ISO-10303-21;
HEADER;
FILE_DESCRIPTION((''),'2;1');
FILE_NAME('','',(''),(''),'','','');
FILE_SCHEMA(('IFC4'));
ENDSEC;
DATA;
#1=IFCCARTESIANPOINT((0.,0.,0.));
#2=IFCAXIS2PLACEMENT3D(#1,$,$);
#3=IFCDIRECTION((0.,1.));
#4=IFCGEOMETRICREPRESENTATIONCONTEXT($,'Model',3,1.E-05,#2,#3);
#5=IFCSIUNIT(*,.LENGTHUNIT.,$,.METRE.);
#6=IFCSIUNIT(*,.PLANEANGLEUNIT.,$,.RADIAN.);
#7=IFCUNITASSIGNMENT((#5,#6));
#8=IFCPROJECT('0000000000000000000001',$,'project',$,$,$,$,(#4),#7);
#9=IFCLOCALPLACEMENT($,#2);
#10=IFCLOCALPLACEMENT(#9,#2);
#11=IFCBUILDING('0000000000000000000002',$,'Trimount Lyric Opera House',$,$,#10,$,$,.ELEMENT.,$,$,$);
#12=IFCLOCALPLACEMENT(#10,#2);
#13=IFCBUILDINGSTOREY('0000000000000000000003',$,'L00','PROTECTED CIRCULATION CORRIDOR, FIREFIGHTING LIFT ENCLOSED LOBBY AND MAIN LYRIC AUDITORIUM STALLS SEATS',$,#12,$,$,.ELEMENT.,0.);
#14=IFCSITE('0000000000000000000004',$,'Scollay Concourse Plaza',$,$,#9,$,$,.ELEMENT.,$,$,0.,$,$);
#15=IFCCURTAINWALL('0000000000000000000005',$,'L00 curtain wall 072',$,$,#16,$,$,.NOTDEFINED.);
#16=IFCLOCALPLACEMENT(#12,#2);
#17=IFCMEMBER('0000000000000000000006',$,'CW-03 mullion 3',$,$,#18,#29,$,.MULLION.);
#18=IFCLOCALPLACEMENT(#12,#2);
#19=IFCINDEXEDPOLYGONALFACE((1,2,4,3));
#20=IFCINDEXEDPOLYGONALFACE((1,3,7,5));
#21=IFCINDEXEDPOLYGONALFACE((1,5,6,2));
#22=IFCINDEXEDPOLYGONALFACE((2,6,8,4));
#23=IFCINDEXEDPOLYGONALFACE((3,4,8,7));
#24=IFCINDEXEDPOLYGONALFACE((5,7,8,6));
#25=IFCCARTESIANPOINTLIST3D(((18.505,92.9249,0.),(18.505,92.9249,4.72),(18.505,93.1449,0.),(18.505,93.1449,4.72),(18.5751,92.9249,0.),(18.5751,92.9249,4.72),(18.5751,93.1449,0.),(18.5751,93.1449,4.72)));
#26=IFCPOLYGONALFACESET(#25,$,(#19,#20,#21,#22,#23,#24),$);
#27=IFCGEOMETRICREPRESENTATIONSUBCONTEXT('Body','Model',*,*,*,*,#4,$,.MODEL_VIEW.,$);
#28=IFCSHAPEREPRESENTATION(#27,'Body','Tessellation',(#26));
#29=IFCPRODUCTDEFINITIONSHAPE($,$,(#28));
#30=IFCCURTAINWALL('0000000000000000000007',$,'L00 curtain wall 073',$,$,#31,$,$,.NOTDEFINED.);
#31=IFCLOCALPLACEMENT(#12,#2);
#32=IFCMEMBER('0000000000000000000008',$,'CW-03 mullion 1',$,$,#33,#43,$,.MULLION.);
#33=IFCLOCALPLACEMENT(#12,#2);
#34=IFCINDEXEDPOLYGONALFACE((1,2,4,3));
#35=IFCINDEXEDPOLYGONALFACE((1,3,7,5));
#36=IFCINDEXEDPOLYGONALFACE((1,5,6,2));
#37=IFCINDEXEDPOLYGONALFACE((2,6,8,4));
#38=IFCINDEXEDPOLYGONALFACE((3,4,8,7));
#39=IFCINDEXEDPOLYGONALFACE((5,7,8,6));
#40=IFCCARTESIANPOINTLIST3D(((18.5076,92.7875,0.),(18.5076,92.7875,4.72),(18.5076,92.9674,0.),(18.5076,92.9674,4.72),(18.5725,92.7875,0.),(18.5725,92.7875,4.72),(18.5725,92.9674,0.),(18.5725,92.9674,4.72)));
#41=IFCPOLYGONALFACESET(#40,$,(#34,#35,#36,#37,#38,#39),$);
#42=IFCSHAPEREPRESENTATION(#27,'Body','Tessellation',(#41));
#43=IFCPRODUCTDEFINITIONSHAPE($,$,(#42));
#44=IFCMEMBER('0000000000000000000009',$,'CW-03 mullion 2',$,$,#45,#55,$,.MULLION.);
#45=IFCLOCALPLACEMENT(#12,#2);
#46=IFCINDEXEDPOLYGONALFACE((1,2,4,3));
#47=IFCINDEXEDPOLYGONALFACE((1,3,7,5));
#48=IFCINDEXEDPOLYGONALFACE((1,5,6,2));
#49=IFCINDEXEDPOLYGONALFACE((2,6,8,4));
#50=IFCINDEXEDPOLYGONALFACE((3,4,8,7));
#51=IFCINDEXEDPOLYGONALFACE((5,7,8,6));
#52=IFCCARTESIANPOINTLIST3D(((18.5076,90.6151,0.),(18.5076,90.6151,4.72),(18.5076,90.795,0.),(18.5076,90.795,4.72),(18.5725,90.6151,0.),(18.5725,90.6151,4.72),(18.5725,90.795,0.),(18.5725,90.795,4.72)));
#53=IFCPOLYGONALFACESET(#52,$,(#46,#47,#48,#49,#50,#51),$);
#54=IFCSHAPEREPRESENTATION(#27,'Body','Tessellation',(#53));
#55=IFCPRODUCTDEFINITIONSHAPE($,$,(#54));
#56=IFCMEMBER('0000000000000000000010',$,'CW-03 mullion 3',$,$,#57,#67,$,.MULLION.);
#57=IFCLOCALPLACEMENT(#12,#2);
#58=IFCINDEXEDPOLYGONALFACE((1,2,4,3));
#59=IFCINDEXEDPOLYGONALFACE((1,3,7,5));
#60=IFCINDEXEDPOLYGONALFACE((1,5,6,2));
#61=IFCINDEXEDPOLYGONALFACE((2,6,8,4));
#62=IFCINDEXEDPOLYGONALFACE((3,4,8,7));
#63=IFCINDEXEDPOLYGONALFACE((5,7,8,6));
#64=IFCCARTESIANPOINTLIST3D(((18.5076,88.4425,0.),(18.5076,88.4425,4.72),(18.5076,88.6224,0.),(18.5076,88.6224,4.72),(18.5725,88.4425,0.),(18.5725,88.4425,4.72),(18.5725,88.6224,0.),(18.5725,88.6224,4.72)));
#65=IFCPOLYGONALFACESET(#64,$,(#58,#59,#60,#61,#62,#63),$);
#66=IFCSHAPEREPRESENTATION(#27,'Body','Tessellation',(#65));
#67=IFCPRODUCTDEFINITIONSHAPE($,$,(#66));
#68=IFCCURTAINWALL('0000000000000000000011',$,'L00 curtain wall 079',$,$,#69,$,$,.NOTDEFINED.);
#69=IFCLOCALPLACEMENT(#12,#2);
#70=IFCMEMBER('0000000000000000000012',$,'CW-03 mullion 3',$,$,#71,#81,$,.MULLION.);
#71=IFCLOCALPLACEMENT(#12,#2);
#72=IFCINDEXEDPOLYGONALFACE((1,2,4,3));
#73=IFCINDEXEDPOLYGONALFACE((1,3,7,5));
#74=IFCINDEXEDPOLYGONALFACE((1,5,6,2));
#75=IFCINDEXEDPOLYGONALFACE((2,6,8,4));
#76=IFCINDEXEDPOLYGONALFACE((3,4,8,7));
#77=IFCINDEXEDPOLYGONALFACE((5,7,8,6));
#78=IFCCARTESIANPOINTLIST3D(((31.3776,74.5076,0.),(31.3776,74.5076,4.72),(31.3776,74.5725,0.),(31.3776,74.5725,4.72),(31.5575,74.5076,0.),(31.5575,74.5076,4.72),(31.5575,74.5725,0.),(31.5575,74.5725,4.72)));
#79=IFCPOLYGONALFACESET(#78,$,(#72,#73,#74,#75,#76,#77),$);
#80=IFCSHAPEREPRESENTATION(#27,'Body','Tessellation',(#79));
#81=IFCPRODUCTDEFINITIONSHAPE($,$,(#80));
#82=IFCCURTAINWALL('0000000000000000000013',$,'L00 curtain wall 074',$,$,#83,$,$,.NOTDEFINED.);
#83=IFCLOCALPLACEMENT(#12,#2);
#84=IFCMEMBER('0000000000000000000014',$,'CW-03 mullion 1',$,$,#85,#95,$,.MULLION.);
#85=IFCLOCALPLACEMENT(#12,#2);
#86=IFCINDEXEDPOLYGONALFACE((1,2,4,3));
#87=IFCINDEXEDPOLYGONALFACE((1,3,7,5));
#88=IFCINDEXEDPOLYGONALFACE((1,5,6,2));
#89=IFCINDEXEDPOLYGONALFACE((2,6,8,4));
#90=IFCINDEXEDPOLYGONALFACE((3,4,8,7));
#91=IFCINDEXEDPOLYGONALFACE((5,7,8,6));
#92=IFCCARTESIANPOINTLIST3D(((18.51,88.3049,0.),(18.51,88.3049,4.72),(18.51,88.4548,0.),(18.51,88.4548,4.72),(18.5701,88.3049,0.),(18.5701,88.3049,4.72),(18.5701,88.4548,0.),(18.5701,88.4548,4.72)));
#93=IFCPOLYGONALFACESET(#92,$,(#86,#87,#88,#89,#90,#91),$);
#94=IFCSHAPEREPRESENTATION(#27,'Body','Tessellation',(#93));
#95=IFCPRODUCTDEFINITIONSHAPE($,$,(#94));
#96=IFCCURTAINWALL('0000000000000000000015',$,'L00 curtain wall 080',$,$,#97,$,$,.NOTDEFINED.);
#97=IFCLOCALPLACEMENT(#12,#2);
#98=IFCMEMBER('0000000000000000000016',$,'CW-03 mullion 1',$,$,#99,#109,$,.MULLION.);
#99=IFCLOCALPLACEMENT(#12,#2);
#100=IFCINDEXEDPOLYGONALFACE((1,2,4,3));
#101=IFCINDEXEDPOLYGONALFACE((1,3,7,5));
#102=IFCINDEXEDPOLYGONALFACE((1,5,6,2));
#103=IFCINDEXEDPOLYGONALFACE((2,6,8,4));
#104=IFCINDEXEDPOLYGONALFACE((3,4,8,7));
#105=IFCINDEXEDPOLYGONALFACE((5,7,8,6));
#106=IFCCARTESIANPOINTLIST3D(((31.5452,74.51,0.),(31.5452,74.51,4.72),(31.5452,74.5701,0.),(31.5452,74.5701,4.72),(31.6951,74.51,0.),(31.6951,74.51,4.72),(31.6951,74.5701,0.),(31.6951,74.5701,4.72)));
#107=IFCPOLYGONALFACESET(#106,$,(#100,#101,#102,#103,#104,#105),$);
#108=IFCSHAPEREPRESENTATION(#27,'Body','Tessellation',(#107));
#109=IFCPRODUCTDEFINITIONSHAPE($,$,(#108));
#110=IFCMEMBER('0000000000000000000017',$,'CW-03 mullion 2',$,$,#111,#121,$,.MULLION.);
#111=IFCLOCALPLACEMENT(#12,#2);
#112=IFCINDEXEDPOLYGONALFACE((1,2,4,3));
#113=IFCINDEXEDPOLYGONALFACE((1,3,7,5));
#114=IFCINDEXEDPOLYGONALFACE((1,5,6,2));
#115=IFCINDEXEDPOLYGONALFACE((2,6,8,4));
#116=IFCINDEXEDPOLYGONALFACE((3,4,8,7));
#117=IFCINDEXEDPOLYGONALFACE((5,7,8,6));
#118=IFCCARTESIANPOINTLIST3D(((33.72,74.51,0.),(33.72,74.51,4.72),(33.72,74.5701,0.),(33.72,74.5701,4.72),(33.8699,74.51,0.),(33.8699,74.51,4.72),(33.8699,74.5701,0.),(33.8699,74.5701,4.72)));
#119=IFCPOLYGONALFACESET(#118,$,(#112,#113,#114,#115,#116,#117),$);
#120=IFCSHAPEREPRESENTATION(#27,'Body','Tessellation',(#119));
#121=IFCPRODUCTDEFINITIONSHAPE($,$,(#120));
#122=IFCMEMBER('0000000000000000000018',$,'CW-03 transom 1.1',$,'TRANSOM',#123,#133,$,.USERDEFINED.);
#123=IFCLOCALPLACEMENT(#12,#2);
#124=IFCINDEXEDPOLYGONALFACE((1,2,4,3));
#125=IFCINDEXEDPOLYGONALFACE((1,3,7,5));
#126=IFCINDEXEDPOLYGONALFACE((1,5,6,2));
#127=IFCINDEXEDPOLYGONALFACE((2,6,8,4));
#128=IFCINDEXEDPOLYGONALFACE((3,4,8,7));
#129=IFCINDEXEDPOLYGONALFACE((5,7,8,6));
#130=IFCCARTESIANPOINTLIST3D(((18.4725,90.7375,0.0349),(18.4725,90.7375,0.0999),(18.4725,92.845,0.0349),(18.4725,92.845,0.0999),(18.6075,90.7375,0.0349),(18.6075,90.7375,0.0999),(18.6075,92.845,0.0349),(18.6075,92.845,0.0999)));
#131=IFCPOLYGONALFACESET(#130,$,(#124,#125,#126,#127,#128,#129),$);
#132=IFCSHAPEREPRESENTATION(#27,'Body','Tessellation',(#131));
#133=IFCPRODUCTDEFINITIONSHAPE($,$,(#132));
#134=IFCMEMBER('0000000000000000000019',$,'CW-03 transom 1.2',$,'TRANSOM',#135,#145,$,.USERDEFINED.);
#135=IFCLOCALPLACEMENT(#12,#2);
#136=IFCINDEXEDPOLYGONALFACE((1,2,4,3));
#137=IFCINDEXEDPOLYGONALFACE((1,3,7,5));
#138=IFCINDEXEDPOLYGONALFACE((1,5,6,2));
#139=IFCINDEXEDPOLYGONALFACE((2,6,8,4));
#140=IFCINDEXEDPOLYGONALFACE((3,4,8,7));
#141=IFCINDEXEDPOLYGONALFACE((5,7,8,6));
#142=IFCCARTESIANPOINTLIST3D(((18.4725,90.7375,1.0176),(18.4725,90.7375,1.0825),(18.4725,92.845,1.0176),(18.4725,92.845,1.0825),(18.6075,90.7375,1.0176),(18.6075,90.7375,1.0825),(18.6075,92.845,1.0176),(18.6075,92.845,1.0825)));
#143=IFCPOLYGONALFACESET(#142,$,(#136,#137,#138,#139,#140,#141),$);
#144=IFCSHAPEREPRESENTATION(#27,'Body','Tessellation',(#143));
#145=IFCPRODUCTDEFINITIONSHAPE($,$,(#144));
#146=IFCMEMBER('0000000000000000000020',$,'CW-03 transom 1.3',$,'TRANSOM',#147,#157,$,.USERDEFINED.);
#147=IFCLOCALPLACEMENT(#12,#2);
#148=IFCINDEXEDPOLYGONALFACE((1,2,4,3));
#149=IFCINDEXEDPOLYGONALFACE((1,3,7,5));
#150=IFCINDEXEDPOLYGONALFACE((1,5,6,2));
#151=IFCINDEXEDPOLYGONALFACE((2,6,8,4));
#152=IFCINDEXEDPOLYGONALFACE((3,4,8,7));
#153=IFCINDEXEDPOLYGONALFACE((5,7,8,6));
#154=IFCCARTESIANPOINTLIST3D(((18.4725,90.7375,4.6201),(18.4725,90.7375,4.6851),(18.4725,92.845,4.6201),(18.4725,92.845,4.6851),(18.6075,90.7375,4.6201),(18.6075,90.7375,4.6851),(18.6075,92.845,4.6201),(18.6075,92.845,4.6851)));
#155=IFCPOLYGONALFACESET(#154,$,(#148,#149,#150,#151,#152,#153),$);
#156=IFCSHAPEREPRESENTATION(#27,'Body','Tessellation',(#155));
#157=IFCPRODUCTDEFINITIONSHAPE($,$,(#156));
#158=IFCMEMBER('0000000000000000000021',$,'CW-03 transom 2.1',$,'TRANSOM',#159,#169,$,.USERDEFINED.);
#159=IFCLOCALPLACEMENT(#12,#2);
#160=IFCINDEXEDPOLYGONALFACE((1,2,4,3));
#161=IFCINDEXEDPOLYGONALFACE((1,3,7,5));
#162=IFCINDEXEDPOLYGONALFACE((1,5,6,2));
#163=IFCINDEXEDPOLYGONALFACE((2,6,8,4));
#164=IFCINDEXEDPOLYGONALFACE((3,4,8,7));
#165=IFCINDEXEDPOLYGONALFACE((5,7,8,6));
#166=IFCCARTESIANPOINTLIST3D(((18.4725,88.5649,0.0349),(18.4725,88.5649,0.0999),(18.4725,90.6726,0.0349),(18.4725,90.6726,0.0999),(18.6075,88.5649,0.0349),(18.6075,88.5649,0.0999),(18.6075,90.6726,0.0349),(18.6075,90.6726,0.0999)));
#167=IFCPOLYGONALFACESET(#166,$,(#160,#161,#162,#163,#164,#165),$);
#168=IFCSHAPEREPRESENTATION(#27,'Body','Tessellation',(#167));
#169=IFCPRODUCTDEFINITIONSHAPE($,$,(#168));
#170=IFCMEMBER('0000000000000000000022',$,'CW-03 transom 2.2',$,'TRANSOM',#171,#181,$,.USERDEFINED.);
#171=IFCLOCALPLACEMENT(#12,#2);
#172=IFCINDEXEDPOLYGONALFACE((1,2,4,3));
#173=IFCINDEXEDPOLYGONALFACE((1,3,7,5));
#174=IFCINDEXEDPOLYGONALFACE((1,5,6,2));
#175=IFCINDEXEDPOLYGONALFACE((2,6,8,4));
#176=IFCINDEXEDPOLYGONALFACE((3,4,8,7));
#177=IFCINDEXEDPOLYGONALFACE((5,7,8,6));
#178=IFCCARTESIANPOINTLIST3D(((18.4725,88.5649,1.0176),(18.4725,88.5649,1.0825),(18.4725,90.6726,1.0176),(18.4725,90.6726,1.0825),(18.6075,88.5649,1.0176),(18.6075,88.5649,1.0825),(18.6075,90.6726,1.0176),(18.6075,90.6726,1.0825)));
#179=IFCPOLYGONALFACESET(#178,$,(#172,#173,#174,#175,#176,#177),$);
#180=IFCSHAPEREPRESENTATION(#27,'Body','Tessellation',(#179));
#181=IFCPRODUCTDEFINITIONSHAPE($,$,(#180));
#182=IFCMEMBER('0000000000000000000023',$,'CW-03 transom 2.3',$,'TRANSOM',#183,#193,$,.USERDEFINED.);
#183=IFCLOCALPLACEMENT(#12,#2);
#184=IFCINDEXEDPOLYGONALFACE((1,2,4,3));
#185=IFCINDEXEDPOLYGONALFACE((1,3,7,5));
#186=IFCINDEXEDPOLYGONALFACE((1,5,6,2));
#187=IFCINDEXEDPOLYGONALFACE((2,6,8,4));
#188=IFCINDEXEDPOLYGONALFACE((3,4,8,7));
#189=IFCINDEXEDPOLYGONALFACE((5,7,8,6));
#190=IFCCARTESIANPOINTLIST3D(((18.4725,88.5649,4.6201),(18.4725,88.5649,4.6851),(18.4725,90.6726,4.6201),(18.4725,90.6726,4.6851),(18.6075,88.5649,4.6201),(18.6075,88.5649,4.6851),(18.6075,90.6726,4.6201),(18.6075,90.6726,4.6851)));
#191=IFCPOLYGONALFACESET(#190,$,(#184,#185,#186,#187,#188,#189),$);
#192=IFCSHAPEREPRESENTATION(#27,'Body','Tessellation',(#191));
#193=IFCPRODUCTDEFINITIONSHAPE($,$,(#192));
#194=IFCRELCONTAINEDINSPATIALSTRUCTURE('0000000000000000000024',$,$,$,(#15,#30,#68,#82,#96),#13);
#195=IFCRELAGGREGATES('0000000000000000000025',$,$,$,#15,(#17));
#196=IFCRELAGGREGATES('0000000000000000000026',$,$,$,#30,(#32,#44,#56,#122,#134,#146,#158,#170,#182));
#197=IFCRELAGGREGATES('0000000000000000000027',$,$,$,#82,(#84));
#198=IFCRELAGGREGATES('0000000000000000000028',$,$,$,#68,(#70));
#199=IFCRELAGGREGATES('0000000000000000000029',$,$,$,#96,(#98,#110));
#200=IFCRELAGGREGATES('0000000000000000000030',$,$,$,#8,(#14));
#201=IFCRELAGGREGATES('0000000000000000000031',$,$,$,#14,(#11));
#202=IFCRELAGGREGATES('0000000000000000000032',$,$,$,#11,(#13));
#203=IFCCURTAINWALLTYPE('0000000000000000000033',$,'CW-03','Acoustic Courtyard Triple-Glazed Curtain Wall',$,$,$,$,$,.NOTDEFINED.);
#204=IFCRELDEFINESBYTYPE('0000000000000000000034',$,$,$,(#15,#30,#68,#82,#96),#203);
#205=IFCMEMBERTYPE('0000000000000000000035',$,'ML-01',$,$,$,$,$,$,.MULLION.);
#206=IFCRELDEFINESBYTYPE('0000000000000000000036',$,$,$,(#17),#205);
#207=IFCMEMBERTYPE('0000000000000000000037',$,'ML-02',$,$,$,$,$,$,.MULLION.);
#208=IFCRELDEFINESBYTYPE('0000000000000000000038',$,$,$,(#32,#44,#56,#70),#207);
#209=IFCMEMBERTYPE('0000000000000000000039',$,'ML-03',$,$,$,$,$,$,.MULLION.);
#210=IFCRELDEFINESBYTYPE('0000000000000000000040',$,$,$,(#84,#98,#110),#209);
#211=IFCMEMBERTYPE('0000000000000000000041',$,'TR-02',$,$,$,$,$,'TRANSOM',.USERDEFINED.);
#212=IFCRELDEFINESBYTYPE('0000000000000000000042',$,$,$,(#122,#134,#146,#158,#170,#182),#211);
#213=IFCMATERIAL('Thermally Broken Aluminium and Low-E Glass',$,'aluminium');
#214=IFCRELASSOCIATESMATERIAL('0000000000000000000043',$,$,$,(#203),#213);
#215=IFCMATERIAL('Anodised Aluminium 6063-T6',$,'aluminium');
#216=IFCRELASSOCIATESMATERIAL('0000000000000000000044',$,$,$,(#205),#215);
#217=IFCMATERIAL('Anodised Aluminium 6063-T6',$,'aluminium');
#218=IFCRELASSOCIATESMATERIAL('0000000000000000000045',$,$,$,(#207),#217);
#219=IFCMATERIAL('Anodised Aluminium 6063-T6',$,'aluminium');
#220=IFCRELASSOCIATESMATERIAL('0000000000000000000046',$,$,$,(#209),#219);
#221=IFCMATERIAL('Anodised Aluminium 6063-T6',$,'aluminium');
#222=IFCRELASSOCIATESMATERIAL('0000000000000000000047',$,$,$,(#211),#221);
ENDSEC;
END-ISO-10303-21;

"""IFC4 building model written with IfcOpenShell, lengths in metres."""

from ifc_helpers import new_model, si_unit, direction, frame, origin, origin_2d, place, context, subcontext, project, spatial, rectangle, extrude, material, material_profile, profile_set, type_object, element, aggregate, save


model = new_model("IFC4")

# Units and contexts
model_context = context("Model", 3, precision=1e-05, world=origin(), true_north=direction((0.0, 1.0)))
body_context = subcontext(model_context, "Body", "Model", "MODEL_VIEW")
ifc_project = project(units=[si_unit("LENGTHUNIT", "METRE"), si_unit("PLANEANGLEUNIT", "RADIAN")], contexts=[model_context])

# Site, building, storey
site_placement = place(None, origin())
site = spatial("IfcSite", under=ifc_project, at=site_placement, Name="Scollay Concourse Plaza", CompositionType="ELEMENT", RefElevation=0.0)
building_placement = place(site_placement, origin())
building = spatial("IfcBuilding", under=site, at=building_placement, Name="Trimount Lyric Opera House", CompositionType="ELEMENT")
storey_placement = place(building_placement, origin())
storey = spatial("IfcBuildingStorey", under=building, at=storey_placement, Name="L00", Description="PROTECTED CIRCULATION CORRIDOR, FIREFIGHTING LIFT ENCLOSED LOBBY AND MAIN LYRIC AUDITORIUM STALLS SEATS", CompositionType="ELEMENT", Elevation=0.0)

# Curtain wall, member
ifc_material_1 = material(Name="Thermally Broken Aluminium and Low-E Glass", Category="aluminium")
curtain_wall_type = type_object("IfcCurtainWallType", Name="CW-03", Description="Acoustic Courtyard Triple-Glazed Curtain Wall", PredefinedType="NOTDEFINED", material=ifc_material_1)
curtain_wall_1_placement = place(storey_placement, origin())
curtain_wall_1 = element("IfcCurtainWall", 1, at=curtain_wall_1_placement, inside=storey, type_object=curtain_wall_type, Name="L00 curtain wall 072", PredefinedType="NOTDEFINED")
ifc_material_2 = material(Name="Anodised Aluminium 6063-T6", Category="aluminium")
ifc_material_profile_1 = material_profile(ifc_material_2, rectangle(XDim=0.0701, YDim=0.22, at=origin_2d()), Name="ALU-MULL-70X220")
ifc_profile_set_1 = profile_set([ifc_material_profile_1], Name="Anodised Aluminium 6063-T6")
member_type_1 = type_object("IfcMemberType", Name="ML-01", PredefinedType="MULLION", material=ifc_profile_set_1)
member_1_placement = place(storey_placement, frame((18.54, 93.0349, 0.0), z_axis=(0.0, 0.0, 1.0), x_axis=(1.0, 0.0, 0.0)))
member_1 = element("IfcMember", 2, at=member_1_placement, type_object=member_type_1, Name="CW-03 mullion 3", PredefinedType="MULLION", context=body_context, shape_type="SweptSolid", body=[
    extrude(rectangle(XDim=0.0701, YDim=0.22, at=origin_2d()), origin(), (0.0, 0.0, 1.0), 4.72),
])

# Curtain wall, members
curtain_wall_2_placement = place(storey_placement, origin())
curtain_wall_2 = element("IfcCurtainWall", 3, at=curtain_wall_2_placement, inside=storey, type_object=curtain_wall_type, Name="L00 curtain wall 073", PredefinedType="NOTDEFINED")
ifc_material_3 = material(Name="Anodised Aluminium 6063-T6", Category="aluminium")
ifc_material_profile_2 = material_profile(ifc_material_3, rectangle(XDim=0.0649, YDim=0.1799, at=origin_2d()), Name="ALU-MULL-65X180")
ifc_profile_set_2 = profile_set([ifc_material_profile_2], Name="Anodised Aluminium 6063-T6")
member_type_2 = type_object("IfcMemberType", Name="ML-02", PredefinedType="MULLION", material=ifc_profile_set_2)
member_2_placement = place(storey_placement, frame((18.54, 92.8774, 0.0), z_axis=(0.0, 0.0, 1.0), x_axis=(1.0, 0.0, 0.0)))
member_2 = element("IfcMember", 4, at=member_2_placement, type_object=member_type_2, Name="CW-03 mullion 1", PredefinedType="MULLION", context=body_context, shape_type="SweptSolid", body=[
    extrude(rectangle(XDim=0.0649, YDim=0.1799, at=origin_2d()), origin(), (0.0, 0.0, 1.0), 4.72),
])
member_3_placement = place(storey_placement, frame((18.54, 90.7051, 0.0), z_axis=(0.0, 0.0, 1.0), x_axis=(1.0, 0.0, 0.0)))
member_3 = element("IfcMember", 5, at=member_3_placement, type_object=member_type_2, Name="CW-03 mullion 2", PredefinedType="MULLION", context=body_context, shape_type="SweptSolid", body=[
    extrude(rectangle(XDim=0.0649, YDim=0.1799, at=origin_2d()), origin(), (0.0, 0.0, 1.0), 4.72),
])
member_4_placement = place(storey_placement, frame((18.54, 88.5325, 0.0), z_axis=(0.0, 0.0, 1.0), x_axis=(1.0, 0.0, 0.0)))
member_4 = element("IfcMember", 6, at=member_4_placement, type_object=member_type_2, Name="CW-03 mullion 3", PredefinedType="MULLION", context=body_context, shape_type="SweptSolid", body=[
    extrude(rectangle(XDim=0.0649, YDim=0.1799, at=origin_2d()), origin(), (0.0, 0.0, 1.0), 4.72),
])

# Curtain walls, members
curtain_wall_3_placement = place(storey_placement, origin())
curtain_wall_3 = element("IfcCurtainWall", 7, at=curtain_wall_3_placement, inside=storey, type_object=curtain_wall_type, Name="L00 curtain wall 079", PredefinedType="NOTDEFINED")
member_5_placement = place(storey_placement, frame((31.4675, 74.54, 0.0), z_axis=(0.0, 0.0, 1.0), x_axis=(0.0, 1.0, 0.0)))
member_5 = element("IfcMember", 8, at=member_5_placement, type_object=member_type_2, Name="CW-03 mullion 3", PredefinedType="MULLION", context=body_context, shape_type="SweptSolid", body=[
    extrude(rectangle(XDim=0.0649, YDim=0.1799, at=origin_2d()), origin(), (0.0, 0.0, 1.0), 4.72),
])
curtain_wall_4_placement = place(storey_placement, origin())
curtain_wall_4 = element("IfcCurtainWall", 9, at=curtain_wall_4_placement, inside=storey, type_object=curtain_wall_type, Name="L00 curtain wall 074", PredefinedType="NOTDEFINED")
ifc_material_4 = material(Name="Anodised Aluminium 6063-T6", Category="aluminium")
ifc_material_profile_3 = material_profile(ifc_material_4, rectangle(XDim=0.0601, YDim=0.1499, at=origin_2d()), Name="ALU-MULL-60X150")
ifc_profile_set_3 = profile_set([ifc_material_profile_3], Name="Anodised Aluminium 6063-T6")
member_type_3 = type_object("IfcMemberType", Name="ML-03", PredefinedType="MULLION", material=ifc_profile_set_3)
member_6_placement = place(storey_placement, frame((18.54, 88.3799, 0.0), z_axis=(0.0, 0.0, 1.0), x_axis=(1.0, 0.0, 0.0)))
member_6 = element("IfcMember", 10, at=member_6_placement, type_object=member_type_3, Name="CW-03 mullion 1", PredefinedType="MULLION", context=body_context, shape_type="SweptSolid", body=[
    extrude(rectangle(XDim=0.0601, YDim=0.1499, at=origin_2d()), origin(), (0.0, 0.0, 1.0), 4.72),
])

# Curtain wall, members
curtain_wall_5_placement = place(storey_placement, origin())
curtain_wall_5 = element("IfcCurtainWall", 11, at=curtain_wall_5_placement, inside=storey, type_object=curtain_wall_type, Name="L00 curtain wall 080", PredefinedType="NOTDEFINED")
member_7_placement = place(storey_placement, frame((31.6201, 74.54, 0.0), z_axis=(0.0, 0.0, 1.0), x_axis=(0.0, 1.0, 0.0)))
member_7 = element("IfcMember", 12, at=member_7_placement, type_object=member_type_3, Name="CW-03 mullion 1", PredefinedType="MULLION", context=body_context, shape_type="SweptSolid", body=[
    extrude(rectangle(XDim=0.0601, YDim=0.1499, at=origin_2d()), origin(), (0.0, 0.0, 1.0), 4.72),
])
member_8_placement = place(storey_placement, frame((33.7949, 74.54, 0.0), z_axis=(0.0, 0.0, 1.0), x_axis=(0.0, 1.0, 0.0)))
member_8 = element("IfcMember", 13, at=member_8_placement, type_object=member_type_3, Name="CW-03 mullion 2", PredefinedType="MULLION", context=body_context, shape_type="SweptSolid", body=[
    extrude(rectangle(XDim=0.0601, YDim=0.1499, at=origin_2d()), origin(), (0.0, 0.0, 1.0), 4.72),
])

# Members
ifc_material_5 = material(Name="Anodised Aluminium 6063-T6", Category="aluminium")
ifc_material_profile_4 = material_profile(ifc_material_5, rectangle(XDim=0.135, YDim=0.0649, at=origin_2d()), Name="ALU-TRAN-65X135")
ifc_profile_set_4 = profile_set([ifc_material_profile_4], Name="Anodised Aluminium 6063-T6")
member_type_4 = type_object("IfcMemberType", Name="TR-02", ElementType="TRANSOM", PredefinedType="USERDEFINED", material=ifc_profile_set_4)
member_9_placement = place(storey_placement, frame((18.54, 92.845, 0.0674), z_axis=(0.0, -1.0, 0.0), x_axis=(1.0, 0.0, 0.0)))
member_9 = element("IfcMember", 14, at=member_9_placement, type_object=member_type_4, Name="CW-03 transom 1.1", ObjectType="TRANSOM", PredefinedType="USERDEFINED", context=body_context, shape_type="SweptSolid", body=[
    extrude(rectangle(XDim=0.135, YDim=0.0649, at=origin_2d()), origin(), (0.0, 0.0, 1.0), 2.1074),
])
member_10_placement = place(storey_placement, frame((18.54, 92.845, 1.05), z_axis=(0.0, -1.0, 0.0), x_axis=(1.0, 0.0, 0.0)))
member_10 = element("IfcMember", 15, at=member_10_placement, type_object=member_type_4, Name="CW-03 transom 1.2", ObjectType="TRANSOM", PredefinedType="USERDEFINED", context=body_context, shape_type="SweptSolid", body=[
    extrude(rectangle(XDim=0.135, YDim=0.0649, at=origin_2d()), origin(), (0.0, 0.0, 1.0), 2.1074),
])
member_11_placement = place(storey_placement, frame((18.54, 92.845, 4.6526), z_axis=(0.0, -1.0, 0.0), x_axis=(1.0, 0.0, 0.0)))
member_11 = element("IfcMember", 16, at=member_11_placement, type_object=member_type_4, Name="CW-03 transom 1.3", ObjectType="TRANSOM", PredefinedType="USERDEFINED", context=body_context, shape_type="SweptSolid", body=[
    extrude(rectangle(XDim=0.135, YDim=0.0649, at=origin_2d()), origin(), (0.0, 0.0, 1.0), 2.1074),
])
member_12_placement = place(storey_placement, frame((18.54, 90.6726, 0.0674), z_axis=(0.0, -1.0, 0.0), x_axis=(1.0, 0.0, 0.0)))
member_12 = element("IfcMember", 17, at=member_12_placement, type_object=member_type_4, Name="CW-03 transom 2.1", ObjectType="TRANSOM", PredefinedType="USERDEFINED", context=body_context, shape_type="SweptSolid", body=[
    extrude(rectangle(XDim=0.135, YDim=0.0649, at=origin_2d()), origin(), (0.0, 0.0, 1.0), 2.1077),
])
member_13_placement = place(storey_placement, frame((18.54, 90.6726, 1.05), z_axis=(0.0, -1.0, 0.0), x_axis=(1.0, 0.0, 0.0)))
member_13 = element("IfcMember", 18, at=member_13_placement, type_object=member_type_4, Name="CW-03 transom 2.2", ObjectType="TRANSOM", PredefinedType="USERDEFINED", context=body_context, shape_type="SweptSolid", body=[
    extrude(rectangle(XDim=0.135, YDim=0.0649, at=origin_2d()), origin(), (0.0, 0.0, 1.0), 2.1077),
])
member_14_placement = place(storey_placement, frame((18.54, 90.6726, 4.6526), z_axis=(0.0, -1.0, 0.0), x_axis=(1.0, 0.0, 0.0)))
member_14 = element("IfcMember", 19, at=member_14_placement, type_object=member_type_4, Name="CW-03 transom 2.3", ObjectType="TRANSOM", PredefinedType="USERDEFINED", context=body_context, shape_type="SweptSolid", body=[
    extrude(rectangle(XDim=0.135, YDim=0.0649, at=origin_2d()), origin(), (0.0, 0.0, 1.0), 2.1077),
])

aggregate(curtain_wall_1, [member_1])
aggregate(curtain_wall_2, [member_2, member_3, member_4, member_9, member_10, member_11, member_12, member_13, member_14])
aggregate(curtain_wall_4, [member_6])
aggregate(curtain_wall_3, [member_5])
aggregate(curtain_wall_5, [member_7, member_8])

save(model, "model.ifc")
